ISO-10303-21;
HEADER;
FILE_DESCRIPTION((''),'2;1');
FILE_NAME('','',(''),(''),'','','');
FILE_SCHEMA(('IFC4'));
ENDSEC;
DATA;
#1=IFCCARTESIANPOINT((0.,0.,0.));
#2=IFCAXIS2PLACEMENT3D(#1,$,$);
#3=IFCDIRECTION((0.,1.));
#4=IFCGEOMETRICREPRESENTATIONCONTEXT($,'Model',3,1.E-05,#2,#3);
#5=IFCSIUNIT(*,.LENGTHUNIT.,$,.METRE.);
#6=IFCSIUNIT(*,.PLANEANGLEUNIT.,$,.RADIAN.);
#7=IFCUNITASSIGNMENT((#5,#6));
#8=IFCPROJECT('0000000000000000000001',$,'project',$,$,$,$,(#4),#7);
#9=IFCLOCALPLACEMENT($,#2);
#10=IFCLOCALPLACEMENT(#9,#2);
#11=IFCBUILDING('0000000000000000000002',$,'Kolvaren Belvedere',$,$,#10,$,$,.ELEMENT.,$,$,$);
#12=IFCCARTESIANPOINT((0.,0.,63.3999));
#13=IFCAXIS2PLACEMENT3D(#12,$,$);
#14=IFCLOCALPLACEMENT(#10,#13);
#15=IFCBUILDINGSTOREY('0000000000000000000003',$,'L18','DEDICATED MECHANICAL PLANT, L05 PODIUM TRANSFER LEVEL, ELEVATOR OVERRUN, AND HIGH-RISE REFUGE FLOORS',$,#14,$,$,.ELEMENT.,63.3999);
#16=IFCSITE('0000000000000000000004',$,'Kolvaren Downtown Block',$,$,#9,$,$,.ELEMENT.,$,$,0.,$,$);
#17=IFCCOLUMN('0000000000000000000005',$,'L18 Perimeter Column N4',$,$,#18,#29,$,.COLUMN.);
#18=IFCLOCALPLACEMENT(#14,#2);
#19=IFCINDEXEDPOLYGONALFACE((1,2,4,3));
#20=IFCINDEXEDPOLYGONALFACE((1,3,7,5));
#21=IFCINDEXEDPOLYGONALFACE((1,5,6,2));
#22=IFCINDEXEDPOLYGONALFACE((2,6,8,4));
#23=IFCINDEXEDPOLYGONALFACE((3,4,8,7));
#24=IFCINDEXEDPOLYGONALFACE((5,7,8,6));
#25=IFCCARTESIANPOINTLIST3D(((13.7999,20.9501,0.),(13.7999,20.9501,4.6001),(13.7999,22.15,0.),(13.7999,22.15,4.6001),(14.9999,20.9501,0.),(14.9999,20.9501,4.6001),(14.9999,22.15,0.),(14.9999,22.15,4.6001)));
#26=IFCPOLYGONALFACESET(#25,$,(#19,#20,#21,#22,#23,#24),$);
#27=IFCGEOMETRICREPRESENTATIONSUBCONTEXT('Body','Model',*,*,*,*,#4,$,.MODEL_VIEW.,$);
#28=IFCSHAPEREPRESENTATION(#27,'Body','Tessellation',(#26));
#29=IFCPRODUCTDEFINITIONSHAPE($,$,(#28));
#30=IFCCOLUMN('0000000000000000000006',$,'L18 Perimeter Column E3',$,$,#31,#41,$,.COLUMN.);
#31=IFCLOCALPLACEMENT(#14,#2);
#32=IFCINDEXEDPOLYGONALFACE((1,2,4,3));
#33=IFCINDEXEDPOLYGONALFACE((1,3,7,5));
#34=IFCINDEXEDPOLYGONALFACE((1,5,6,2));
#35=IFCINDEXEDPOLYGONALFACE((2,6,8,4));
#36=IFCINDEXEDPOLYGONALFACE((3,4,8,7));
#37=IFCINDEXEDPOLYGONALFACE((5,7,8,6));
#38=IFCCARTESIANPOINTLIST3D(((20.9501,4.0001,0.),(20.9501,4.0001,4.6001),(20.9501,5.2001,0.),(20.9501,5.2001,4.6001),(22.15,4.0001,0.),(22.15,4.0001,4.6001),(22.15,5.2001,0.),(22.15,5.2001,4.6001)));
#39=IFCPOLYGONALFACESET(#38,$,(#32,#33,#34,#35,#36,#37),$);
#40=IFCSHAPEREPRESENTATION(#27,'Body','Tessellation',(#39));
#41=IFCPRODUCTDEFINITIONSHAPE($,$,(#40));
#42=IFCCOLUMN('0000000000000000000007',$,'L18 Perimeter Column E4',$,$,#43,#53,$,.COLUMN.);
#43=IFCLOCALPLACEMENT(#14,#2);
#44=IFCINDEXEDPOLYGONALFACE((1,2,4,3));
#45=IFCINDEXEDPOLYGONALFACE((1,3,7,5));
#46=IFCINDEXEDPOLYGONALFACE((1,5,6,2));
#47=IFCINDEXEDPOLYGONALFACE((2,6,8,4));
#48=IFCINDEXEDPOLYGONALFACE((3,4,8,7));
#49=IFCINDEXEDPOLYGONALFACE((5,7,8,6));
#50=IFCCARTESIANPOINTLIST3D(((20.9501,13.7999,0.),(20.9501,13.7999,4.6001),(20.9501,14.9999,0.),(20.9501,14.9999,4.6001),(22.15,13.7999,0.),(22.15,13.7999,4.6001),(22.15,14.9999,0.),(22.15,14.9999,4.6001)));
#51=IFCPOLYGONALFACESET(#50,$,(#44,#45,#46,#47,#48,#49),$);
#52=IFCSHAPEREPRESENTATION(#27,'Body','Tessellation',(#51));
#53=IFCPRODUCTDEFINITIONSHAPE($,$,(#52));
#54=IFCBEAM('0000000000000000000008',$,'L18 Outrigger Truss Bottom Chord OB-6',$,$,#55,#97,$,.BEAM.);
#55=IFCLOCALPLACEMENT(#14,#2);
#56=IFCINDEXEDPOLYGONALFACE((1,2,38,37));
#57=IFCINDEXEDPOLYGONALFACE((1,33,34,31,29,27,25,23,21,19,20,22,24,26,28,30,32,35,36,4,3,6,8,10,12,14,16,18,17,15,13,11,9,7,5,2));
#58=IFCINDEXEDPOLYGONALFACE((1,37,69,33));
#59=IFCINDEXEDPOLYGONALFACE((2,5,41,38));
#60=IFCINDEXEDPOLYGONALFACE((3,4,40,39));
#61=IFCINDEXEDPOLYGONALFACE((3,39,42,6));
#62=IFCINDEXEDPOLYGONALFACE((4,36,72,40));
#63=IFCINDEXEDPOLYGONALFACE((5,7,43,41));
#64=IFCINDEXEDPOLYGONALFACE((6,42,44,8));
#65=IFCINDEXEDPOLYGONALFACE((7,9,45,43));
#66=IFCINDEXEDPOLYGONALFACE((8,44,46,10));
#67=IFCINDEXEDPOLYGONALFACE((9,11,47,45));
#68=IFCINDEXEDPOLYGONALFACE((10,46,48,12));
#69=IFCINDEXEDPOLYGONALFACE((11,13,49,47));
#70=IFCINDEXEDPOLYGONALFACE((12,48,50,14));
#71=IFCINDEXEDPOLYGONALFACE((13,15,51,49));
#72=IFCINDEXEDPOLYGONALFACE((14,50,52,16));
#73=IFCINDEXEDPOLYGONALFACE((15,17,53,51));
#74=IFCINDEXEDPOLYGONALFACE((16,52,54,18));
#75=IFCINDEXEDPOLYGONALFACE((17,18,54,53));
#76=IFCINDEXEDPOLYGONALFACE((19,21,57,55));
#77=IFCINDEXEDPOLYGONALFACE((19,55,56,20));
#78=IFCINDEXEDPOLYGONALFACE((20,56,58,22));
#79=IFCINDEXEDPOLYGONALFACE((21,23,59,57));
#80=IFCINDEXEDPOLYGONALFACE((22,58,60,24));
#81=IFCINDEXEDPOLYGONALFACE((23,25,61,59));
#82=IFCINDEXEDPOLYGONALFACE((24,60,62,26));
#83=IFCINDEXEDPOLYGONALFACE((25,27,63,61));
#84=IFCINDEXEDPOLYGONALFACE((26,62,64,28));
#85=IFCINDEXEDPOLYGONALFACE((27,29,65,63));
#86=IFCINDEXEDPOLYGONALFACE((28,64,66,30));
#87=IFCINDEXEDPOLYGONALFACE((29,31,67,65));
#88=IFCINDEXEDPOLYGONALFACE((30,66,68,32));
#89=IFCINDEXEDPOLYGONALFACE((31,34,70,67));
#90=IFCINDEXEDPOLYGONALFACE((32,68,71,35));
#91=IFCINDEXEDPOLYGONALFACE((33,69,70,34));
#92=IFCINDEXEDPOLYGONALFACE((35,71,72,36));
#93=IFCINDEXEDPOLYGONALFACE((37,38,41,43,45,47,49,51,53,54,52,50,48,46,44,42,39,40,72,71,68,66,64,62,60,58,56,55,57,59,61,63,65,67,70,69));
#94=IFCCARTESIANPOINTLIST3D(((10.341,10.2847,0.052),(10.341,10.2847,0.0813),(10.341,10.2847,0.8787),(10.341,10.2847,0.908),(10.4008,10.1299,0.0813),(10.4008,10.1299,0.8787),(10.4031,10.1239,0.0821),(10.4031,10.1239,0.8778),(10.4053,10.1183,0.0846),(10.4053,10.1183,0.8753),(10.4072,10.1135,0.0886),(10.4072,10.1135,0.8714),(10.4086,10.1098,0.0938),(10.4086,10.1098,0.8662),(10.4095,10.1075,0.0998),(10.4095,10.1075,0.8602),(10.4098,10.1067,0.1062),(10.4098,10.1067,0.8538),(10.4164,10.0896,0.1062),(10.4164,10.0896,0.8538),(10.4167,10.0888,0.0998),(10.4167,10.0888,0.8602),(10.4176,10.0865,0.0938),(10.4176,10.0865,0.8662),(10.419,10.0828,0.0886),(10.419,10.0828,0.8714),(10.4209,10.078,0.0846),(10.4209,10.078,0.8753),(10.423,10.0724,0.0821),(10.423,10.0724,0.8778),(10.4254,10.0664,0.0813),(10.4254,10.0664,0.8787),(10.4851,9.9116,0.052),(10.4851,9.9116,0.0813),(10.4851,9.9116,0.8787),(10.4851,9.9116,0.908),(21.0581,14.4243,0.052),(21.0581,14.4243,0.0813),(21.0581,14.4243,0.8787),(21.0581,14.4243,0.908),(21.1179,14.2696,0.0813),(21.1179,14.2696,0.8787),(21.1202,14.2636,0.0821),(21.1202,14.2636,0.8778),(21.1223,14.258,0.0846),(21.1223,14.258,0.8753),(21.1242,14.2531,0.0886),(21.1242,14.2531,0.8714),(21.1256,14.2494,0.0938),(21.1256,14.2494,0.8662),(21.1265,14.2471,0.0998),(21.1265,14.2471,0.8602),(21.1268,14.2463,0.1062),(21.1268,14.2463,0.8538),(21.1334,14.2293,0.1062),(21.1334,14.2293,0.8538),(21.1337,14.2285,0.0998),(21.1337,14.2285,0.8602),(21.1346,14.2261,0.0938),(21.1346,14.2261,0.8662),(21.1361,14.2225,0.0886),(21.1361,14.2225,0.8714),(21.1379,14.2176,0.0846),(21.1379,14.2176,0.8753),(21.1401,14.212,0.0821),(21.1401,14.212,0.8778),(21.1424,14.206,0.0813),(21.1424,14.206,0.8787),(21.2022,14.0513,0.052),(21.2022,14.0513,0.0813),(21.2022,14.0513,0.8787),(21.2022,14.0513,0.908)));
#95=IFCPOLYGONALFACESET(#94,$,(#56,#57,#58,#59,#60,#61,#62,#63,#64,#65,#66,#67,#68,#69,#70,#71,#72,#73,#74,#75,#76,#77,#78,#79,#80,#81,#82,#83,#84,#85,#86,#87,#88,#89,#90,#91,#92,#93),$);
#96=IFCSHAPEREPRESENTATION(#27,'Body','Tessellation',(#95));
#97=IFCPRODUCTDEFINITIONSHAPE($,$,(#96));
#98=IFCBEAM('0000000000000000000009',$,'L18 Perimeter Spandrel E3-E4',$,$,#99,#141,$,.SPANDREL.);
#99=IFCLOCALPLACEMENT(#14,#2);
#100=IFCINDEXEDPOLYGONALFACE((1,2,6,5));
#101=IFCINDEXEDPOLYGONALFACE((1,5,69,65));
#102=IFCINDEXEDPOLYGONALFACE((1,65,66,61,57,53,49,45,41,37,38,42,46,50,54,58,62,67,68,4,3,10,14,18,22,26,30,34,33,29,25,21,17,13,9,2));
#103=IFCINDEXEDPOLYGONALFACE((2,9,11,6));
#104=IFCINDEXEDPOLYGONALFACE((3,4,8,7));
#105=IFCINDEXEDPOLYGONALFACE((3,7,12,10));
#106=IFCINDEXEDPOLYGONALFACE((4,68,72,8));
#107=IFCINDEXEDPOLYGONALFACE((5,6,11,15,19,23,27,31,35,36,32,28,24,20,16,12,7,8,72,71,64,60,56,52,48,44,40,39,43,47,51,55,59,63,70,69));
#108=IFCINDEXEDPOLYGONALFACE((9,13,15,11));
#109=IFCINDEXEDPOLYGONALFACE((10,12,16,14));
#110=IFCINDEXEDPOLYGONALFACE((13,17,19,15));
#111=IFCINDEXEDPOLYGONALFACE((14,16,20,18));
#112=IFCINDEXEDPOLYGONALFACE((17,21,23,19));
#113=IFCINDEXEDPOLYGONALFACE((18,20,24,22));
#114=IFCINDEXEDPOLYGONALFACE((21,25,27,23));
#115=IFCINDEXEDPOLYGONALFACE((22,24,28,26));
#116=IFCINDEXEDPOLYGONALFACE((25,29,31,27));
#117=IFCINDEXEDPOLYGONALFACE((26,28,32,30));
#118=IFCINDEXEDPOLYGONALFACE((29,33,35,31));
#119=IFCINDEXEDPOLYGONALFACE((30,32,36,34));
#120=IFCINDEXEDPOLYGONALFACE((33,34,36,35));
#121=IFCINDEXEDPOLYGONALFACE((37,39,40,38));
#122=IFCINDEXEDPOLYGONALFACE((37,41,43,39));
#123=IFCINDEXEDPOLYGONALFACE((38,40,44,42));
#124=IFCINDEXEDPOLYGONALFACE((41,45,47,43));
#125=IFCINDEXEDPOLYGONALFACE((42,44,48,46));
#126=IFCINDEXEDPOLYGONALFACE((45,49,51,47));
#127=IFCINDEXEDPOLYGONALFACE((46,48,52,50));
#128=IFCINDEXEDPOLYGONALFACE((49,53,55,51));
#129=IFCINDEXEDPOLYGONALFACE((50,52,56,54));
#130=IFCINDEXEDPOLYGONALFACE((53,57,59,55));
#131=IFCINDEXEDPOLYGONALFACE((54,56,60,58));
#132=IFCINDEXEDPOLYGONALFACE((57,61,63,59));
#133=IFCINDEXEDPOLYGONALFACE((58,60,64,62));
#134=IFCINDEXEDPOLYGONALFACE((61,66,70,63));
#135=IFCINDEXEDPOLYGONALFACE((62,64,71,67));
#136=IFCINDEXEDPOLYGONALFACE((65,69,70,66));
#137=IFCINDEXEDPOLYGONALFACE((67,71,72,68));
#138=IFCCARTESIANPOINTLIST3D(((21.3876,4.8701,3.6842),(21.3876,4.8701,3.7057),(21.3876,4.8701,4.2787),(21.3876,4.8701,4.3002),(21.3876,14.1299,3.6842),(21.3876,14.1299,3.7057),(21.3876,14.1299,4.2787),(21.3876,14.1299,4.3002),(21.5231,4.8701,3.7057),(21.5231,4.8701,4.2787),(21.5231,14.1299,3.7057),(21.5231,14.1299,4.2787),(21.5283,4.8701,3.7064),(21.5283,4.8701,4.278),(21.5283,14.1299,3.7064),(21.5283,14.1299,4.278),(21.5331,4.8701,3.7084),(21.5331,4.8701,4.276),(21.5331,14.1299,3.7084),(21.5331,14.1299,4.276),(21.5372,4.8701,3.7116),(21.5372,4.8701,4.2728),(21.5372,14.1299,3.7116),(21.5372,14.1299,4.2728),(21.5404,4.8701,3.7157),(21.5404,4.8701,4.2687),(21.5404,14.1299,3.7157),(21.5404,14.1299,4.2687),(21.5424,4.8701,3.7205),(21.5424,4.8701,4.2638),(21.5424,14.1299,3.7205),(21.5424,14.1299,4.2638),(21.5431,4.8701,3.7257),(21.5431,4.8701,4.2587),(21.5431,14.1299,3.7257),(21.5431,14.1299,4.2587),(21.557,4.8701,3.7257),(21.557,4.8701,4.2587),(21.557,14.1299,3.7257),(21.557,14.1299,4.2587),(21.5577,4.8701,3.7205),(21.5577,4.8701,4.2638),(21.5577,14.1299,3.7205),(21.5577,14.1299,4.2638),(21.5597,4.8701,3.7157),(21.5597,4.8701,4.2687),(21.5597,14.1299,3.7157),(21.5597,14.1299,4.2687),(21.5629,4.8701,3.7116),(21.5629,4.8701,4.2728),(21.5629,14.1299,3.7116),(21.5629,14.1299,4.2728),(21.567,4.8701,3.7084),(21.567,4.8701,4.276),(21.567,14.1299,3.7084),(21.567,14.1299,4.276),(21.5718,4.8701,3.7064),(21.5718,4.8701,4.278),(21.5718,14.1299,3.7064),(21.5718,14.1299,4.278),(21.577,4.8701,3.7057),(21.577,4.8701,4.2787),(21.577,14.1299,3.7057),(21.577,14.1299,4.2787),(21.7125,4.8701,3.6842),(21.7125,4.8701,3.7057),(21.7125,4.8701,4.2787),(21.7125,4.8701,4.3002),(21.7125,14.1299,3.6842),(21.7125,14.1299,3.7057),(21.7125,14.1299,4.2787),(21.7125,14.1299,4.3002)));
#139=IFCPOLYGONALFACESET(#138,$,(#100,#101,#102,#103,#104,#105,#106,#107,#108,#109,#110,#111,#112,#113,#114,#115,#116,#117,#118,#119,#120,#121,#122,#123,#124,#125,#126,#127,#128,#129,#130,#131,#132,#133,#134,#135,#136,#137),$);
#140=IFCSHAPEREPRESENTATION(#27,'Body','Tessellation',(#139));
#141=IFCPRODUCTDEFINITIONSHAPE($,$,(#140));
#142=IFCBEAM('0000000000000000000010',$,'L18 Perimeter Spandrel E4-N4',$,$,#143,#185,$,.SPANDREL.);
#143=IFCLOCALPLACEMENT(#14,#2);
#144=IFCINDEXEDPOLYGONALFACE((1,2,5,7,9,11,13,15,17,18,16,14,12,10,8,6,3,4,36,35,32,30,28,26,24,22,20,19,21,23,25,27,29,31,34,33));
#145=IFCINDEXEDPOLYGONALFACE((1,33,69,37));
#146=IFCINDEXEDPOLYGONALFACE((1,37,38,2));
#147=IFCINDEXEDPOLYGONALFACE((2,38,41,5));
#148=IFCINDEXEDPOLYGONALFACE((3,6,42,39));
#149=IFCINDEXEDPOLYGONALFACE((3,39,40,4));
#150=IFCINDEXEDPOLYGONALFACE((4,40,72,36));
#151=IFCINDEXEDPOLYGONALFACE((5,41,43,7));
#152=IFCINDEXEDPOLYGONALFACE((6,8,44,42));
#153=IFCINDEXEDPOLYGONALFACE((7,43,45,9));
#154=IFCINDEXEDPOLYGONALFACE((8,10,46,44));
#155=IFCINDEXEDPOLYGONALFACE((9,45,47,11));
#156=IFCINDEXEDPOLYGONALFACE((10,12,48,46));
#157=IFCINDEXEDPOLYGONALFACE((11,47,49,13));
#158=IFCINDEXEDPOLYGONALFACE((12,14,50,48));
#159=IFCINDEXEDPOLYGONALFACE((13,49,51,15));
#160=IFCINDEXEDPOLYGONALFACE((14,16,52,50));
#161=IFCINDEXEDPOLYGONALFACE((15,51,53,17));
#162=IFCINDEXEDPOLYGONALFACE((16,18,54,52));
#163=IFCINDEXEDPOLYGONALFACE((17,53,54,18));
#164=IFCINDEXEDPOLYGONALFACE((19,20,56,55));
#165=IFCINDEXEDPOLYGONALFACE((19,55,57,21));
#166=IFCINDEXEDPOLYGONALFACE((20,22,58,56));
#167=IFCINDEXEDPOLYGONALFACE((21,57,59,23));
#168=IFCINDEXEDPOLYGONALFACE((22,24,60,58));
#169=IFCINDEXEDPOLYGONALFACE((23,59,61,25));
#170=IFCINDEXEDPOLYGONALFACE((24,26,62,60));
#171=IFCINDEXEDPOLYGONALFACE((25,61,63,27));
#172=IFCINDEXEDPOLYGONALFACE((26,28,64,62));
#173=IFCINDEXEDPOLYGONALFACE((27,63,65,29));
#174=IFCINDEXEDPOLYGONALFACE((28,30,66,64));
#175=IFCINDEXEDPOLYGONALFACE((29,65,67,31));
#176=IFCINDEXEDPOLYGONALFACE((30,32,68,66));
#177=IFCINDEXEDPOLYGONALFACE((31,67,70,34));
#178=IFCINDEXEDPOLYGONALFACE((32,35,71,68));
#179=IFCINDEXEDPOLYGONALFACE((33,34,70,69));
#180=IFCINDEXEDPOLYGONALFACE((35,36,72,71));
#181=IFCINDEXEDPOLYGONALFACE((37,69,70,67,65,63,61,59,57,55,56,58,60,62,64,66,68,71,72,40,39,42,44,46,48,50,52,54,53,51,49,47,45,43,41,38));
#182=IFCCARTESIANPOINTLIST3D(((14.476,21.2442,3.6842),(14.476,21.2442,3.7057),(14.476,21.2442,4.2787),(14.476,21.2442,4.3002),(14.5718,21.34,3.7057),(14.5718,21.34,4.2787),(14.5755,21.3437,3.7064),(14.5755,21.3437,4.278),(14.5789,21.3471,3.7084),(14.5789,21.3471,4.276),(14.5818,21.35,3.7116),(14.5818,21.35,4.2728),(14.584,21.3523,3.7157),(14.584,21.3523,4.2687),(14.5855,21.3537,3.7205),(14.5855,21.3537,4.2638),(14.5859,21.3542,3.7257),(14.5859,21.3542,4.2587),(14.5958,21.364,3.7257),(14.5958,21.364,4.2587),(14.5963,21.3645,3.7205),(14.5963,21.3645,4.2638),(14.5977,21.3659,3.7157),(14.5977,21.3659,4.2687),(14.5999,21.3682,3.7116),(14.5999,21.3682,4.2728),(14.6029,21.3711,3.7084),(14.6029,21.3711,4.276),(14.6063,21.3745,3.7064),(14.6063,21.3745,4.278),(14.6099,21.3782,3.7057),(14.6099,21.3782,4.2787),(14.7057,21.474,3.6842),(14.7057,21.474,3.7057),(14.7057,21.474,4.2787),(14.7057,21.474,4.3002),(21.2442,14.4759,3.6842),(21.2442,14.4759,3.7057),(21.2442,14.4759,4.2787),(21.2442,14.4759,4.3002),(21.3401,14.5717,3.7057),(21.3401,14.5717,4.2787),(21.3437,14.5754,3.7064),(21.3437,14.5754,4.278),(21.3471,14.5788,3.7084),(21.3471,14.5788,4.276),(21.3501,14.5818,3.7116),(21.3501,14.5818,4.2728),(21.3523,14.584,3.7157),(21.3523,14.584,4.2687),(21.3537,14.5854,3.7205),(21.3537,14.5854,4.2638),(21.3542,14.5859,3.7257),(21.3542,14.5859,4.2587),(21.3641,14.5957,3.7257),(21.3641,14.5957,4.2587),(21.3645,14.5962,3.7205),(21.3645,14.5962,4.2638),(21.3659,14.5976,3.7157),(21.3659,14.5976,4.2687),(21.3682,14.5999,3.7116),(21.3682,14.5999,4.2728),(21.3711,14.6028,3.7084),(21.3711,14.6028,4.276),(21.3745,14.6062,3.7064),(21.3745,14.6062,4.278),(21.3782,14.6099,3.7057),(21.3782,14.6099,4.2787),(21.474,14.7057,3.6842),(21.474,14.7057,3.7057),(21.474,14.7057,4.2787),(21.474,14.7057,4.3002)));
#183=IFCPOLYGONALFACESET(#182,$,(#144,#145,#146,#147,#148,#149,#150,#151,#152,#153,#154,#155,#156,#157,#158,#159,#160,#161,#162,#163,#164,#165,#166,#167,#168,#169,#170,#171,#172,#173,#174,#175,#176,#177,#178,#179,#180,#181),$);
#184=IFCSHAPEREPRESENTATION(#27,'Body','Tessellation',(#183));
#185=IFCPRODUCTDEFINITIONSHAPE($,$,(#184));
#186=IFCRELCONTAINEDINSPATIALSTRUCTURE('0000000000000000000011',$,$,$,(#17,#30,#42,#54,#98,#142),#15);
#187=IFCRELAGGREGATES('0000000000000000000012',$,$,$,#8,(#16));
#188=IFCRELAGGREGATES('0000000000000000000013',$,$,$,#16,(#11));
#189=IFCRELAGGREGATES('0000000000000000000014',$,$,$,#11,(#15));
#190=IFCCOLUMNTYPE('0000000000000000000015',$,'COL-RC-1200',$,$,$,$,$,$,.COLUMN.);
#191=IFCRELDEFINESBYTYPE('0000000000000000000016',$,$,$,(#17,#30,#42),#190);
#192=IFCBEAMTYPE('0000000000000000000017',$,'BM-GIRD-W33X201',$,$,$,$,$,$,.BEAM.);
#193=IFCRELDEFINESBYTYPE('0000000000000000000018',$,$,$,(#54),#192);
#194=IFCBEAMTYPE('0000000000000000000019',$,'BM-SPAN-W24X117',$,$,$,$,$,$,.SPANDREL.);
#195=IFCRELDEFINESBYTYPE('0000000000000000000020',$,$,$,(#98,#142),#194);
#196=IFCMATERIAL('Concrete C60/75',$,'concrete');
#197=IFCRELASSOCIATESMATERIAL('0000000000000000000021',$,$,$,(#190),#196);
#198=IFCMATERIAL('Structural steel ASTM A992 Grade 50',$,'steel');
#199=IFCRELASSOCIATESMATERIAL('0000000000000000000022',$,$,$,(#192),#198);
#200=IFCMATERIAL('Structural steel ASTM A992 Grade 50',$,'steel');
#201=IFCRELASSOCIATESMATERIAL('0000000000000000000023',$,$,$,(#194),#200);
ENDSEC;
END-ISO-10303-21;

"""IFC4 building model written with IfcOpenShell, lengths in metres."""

from ifc_helpers import new_model, si_unit, direction, frame, origin, origin_2d, place, context, subcontext, project, spatial, rectangle, i_section, extrude, material, material_profile, profile_set, type_object, element, save


model = new_model("IFC4")

# Units and contexts
model_context = context("Model", 3, precision=1e-05, world=origin(), true_north=direction((0.0, 1.0)))
body_context = subcontext(model_context, "Body", "Model", "MODEL_VIEW")
ifc_project = project(units=[si_unit("LENGTHUNIT", "METRE"), si_unit("PLANEANGLEUNIT", "RADIAN")], contexts=[model_context])

# Site, building, storey
site_placement = place(None, origin())
site = spatial("IfcSite", under=ifc_project, at=site_placement, Name="Kolvaren Downtown Block", CompositionType="ELEMENT", RefElevation=0.0)
building_placement = place(site_placement, origin())
building = spatial("IfcBuilding", under=site, at=building_placement, Name="Kolvaren Belvedere", CompositionType="ELEMENT")
storey_placement = place(building_placement, frame((0.0, 0.0, 63.3999)))
storey = spatial("IfcBuildingStorey", under=building, at=storey_placement, Name="L18", Description="DEDICATED MECHANICAL PLANT, L05 PODIUM TRANSFER LEVEL, ELEVATOR OVERRUN, AND HIGH-RISE REFUGE FLOORS", CompositionType="ELEMENT", Elevation=63.3999)

# Columns
ifc_material_1 = material(Name="Concrete C60/75", Category="concrete")
ifc_material_profile_1 = material_profile(ifc_material_1, rectangle(XDim=1.2, YDim=1.2, at=origin_2d()), Name="RC 1200X1200")
ifc_profile_set_1 = profile_set([ifc_material_profile_1], Name="Concrete C60/75")
column_type = type_object("IfcColumnType", Name="COL-RC-1200", PredefinedType="COLUMN", material=ifc_profile_set_1)
for number, where, z_axis, x_axis, name in (
    (1, (14.3999, 21.55, 0.0), (0.0, 0.0, 1.0), (1.0, 0.0, 0.0), "L18 Perimeter Column N4"),
    (2, (21.55, 4.6001, 0.0), (0.0, 0.0, 1.0), (1.0, 0.0, 0.0), "L18 Perimeter Column E3"),
    (3, (21.55, 14.3999, 0.0), (0.0, 0.0, 1.0), (1.0, 0.0, 0.0), "L18 Perimeter Column E4"),
):
    element("IfcColumn", number, at=place(storey_placement, frame(where, z_axis=z_axis, x_axis=x_axis)), inside=storey, type_object=column_type, Name=name, PredefinedType="COLUMN", context=body_context, shape_type="SweptSolid", body=[
        extrude(rectangle(XDim=1.2, YDim=1.2, at=origin_2d()), origin(), (0.0, 0.0, 1.0), 4.6001),
    ])

# Beams
ifc_material_2 = material(Name="Structural steel ASTM A992 Grade 50", Category="steel")
ifc_material_profile_2 = material_profile(ifc_material_2, i_section(OverallWidth=0.3999, OverallDepth=0.856, WebThickness=0.0183, FlangeThickness=0.0293, FilletRadius=0.0249, at=origin_2d()), Name="W33X201")
ifc_profile_set_2 = profile_set([ifc_material_profile_2], Name="Structural steel ASTM A992 Grade 50")
beam_type_1 = type_object("IfcBeamType", Name="BM-GIRD-W33X201", PredefinedType="BEAM", material=ifc_profile_set_2)
beam_1_placement = place(storey_placement, frame((10.4131, 10.0981, 0.48), z_axis=(0.932828, 0.360322, 0.0), x_axis=(-0.360322, 0.932828, 0.0)))
element("IfcBeam", 4, at=beam_1_placement, inside=storey, type_object=beam_type_1, Name="L18 Outrigger Truss Bottom Chord OB-6", PredefinedType="BEAM", context=body_context, shape_type="SweptSolid", body=[
    extrude(i_section(OverallWidth=0.3999, OverallDepth=0.856, WebThickness=0.0183, FlangeThickness=0.0293, FilletRadius=0.0249, at=origin_2d()), origin(), (0.0, 0.0, 1.0), 11.4888),
])
ifc_material_3 = material(Name="Structural steel ASTM A992 Grade 50", Category="steel")
ifc_material_profile_3 = material_profile(ifc_material_3, i_section(OverallWidth=0.325, OverallDepth=0.616, WebThickness=0.0139, FlangeThickness=0.0215, FilletRadius=0.02, at=origin_2d()), Name="W24X117")
ifc_profile_set_3 = profile_set([ifc_material_profile_3], Name="Structural steel ASTM A992 Grade 50")
beam_type_2 = type_object("IfcBeamType", Name="BM-SPAN-W24X117", PredefinedType="SPANDREL", material=ifc_profile_set_3)
beam_2_placement = place(storey_placement, frame((21.55, 4.8701, 3.9922), z_axis=(0.0, 1.0, 0.0), x_axis=(-1.0, 0.0, 0.0)))
element("IfcBeam", 5, at=beam_2_placement, inside=storey, type_object=beam_type_2, Name="L18 Perimeter Spandrel E3-E4", PredefinedType="SPANDREL", context=body_context, shape_type="SweptSolid", body=[
    extrude(i_section(OverallWidth=0.325, OverallDepth=0.616, WebThickness=0.0139, FlangeThickness=0.0215, FilletRadius=0.02, at=origin_2d()), origin(), (0.0, 0.0, 1.0), 9.2598),
])
beam_3_placement = place(storey_placement, frame((21.3591, 14.5908, 3.9922), z_axis=(-0.707107, 0.707107, 0.0), x_axis=(-0.707107, -0.707107, 0.0)))
element("IfcBeam", 6, at=beam_3_placement, inside=storey, type_object=beam_type_2, Name="L18 Perimeter Spandrel E4-N4", PredefinedType="SPANDREL", context=body_context, shape_type="SweptSolid", body=[
    extrude(i_section(OverallWidth=0.325, OverallDepth=0.616, WebThickness=0.0139, FlangeThickness=0.0215, FilletRadius=0.02, at=origin_2d()), origin(), (0.0, 0.0, 1.0), 9.5718),
])

save(model, "model.ifc")
